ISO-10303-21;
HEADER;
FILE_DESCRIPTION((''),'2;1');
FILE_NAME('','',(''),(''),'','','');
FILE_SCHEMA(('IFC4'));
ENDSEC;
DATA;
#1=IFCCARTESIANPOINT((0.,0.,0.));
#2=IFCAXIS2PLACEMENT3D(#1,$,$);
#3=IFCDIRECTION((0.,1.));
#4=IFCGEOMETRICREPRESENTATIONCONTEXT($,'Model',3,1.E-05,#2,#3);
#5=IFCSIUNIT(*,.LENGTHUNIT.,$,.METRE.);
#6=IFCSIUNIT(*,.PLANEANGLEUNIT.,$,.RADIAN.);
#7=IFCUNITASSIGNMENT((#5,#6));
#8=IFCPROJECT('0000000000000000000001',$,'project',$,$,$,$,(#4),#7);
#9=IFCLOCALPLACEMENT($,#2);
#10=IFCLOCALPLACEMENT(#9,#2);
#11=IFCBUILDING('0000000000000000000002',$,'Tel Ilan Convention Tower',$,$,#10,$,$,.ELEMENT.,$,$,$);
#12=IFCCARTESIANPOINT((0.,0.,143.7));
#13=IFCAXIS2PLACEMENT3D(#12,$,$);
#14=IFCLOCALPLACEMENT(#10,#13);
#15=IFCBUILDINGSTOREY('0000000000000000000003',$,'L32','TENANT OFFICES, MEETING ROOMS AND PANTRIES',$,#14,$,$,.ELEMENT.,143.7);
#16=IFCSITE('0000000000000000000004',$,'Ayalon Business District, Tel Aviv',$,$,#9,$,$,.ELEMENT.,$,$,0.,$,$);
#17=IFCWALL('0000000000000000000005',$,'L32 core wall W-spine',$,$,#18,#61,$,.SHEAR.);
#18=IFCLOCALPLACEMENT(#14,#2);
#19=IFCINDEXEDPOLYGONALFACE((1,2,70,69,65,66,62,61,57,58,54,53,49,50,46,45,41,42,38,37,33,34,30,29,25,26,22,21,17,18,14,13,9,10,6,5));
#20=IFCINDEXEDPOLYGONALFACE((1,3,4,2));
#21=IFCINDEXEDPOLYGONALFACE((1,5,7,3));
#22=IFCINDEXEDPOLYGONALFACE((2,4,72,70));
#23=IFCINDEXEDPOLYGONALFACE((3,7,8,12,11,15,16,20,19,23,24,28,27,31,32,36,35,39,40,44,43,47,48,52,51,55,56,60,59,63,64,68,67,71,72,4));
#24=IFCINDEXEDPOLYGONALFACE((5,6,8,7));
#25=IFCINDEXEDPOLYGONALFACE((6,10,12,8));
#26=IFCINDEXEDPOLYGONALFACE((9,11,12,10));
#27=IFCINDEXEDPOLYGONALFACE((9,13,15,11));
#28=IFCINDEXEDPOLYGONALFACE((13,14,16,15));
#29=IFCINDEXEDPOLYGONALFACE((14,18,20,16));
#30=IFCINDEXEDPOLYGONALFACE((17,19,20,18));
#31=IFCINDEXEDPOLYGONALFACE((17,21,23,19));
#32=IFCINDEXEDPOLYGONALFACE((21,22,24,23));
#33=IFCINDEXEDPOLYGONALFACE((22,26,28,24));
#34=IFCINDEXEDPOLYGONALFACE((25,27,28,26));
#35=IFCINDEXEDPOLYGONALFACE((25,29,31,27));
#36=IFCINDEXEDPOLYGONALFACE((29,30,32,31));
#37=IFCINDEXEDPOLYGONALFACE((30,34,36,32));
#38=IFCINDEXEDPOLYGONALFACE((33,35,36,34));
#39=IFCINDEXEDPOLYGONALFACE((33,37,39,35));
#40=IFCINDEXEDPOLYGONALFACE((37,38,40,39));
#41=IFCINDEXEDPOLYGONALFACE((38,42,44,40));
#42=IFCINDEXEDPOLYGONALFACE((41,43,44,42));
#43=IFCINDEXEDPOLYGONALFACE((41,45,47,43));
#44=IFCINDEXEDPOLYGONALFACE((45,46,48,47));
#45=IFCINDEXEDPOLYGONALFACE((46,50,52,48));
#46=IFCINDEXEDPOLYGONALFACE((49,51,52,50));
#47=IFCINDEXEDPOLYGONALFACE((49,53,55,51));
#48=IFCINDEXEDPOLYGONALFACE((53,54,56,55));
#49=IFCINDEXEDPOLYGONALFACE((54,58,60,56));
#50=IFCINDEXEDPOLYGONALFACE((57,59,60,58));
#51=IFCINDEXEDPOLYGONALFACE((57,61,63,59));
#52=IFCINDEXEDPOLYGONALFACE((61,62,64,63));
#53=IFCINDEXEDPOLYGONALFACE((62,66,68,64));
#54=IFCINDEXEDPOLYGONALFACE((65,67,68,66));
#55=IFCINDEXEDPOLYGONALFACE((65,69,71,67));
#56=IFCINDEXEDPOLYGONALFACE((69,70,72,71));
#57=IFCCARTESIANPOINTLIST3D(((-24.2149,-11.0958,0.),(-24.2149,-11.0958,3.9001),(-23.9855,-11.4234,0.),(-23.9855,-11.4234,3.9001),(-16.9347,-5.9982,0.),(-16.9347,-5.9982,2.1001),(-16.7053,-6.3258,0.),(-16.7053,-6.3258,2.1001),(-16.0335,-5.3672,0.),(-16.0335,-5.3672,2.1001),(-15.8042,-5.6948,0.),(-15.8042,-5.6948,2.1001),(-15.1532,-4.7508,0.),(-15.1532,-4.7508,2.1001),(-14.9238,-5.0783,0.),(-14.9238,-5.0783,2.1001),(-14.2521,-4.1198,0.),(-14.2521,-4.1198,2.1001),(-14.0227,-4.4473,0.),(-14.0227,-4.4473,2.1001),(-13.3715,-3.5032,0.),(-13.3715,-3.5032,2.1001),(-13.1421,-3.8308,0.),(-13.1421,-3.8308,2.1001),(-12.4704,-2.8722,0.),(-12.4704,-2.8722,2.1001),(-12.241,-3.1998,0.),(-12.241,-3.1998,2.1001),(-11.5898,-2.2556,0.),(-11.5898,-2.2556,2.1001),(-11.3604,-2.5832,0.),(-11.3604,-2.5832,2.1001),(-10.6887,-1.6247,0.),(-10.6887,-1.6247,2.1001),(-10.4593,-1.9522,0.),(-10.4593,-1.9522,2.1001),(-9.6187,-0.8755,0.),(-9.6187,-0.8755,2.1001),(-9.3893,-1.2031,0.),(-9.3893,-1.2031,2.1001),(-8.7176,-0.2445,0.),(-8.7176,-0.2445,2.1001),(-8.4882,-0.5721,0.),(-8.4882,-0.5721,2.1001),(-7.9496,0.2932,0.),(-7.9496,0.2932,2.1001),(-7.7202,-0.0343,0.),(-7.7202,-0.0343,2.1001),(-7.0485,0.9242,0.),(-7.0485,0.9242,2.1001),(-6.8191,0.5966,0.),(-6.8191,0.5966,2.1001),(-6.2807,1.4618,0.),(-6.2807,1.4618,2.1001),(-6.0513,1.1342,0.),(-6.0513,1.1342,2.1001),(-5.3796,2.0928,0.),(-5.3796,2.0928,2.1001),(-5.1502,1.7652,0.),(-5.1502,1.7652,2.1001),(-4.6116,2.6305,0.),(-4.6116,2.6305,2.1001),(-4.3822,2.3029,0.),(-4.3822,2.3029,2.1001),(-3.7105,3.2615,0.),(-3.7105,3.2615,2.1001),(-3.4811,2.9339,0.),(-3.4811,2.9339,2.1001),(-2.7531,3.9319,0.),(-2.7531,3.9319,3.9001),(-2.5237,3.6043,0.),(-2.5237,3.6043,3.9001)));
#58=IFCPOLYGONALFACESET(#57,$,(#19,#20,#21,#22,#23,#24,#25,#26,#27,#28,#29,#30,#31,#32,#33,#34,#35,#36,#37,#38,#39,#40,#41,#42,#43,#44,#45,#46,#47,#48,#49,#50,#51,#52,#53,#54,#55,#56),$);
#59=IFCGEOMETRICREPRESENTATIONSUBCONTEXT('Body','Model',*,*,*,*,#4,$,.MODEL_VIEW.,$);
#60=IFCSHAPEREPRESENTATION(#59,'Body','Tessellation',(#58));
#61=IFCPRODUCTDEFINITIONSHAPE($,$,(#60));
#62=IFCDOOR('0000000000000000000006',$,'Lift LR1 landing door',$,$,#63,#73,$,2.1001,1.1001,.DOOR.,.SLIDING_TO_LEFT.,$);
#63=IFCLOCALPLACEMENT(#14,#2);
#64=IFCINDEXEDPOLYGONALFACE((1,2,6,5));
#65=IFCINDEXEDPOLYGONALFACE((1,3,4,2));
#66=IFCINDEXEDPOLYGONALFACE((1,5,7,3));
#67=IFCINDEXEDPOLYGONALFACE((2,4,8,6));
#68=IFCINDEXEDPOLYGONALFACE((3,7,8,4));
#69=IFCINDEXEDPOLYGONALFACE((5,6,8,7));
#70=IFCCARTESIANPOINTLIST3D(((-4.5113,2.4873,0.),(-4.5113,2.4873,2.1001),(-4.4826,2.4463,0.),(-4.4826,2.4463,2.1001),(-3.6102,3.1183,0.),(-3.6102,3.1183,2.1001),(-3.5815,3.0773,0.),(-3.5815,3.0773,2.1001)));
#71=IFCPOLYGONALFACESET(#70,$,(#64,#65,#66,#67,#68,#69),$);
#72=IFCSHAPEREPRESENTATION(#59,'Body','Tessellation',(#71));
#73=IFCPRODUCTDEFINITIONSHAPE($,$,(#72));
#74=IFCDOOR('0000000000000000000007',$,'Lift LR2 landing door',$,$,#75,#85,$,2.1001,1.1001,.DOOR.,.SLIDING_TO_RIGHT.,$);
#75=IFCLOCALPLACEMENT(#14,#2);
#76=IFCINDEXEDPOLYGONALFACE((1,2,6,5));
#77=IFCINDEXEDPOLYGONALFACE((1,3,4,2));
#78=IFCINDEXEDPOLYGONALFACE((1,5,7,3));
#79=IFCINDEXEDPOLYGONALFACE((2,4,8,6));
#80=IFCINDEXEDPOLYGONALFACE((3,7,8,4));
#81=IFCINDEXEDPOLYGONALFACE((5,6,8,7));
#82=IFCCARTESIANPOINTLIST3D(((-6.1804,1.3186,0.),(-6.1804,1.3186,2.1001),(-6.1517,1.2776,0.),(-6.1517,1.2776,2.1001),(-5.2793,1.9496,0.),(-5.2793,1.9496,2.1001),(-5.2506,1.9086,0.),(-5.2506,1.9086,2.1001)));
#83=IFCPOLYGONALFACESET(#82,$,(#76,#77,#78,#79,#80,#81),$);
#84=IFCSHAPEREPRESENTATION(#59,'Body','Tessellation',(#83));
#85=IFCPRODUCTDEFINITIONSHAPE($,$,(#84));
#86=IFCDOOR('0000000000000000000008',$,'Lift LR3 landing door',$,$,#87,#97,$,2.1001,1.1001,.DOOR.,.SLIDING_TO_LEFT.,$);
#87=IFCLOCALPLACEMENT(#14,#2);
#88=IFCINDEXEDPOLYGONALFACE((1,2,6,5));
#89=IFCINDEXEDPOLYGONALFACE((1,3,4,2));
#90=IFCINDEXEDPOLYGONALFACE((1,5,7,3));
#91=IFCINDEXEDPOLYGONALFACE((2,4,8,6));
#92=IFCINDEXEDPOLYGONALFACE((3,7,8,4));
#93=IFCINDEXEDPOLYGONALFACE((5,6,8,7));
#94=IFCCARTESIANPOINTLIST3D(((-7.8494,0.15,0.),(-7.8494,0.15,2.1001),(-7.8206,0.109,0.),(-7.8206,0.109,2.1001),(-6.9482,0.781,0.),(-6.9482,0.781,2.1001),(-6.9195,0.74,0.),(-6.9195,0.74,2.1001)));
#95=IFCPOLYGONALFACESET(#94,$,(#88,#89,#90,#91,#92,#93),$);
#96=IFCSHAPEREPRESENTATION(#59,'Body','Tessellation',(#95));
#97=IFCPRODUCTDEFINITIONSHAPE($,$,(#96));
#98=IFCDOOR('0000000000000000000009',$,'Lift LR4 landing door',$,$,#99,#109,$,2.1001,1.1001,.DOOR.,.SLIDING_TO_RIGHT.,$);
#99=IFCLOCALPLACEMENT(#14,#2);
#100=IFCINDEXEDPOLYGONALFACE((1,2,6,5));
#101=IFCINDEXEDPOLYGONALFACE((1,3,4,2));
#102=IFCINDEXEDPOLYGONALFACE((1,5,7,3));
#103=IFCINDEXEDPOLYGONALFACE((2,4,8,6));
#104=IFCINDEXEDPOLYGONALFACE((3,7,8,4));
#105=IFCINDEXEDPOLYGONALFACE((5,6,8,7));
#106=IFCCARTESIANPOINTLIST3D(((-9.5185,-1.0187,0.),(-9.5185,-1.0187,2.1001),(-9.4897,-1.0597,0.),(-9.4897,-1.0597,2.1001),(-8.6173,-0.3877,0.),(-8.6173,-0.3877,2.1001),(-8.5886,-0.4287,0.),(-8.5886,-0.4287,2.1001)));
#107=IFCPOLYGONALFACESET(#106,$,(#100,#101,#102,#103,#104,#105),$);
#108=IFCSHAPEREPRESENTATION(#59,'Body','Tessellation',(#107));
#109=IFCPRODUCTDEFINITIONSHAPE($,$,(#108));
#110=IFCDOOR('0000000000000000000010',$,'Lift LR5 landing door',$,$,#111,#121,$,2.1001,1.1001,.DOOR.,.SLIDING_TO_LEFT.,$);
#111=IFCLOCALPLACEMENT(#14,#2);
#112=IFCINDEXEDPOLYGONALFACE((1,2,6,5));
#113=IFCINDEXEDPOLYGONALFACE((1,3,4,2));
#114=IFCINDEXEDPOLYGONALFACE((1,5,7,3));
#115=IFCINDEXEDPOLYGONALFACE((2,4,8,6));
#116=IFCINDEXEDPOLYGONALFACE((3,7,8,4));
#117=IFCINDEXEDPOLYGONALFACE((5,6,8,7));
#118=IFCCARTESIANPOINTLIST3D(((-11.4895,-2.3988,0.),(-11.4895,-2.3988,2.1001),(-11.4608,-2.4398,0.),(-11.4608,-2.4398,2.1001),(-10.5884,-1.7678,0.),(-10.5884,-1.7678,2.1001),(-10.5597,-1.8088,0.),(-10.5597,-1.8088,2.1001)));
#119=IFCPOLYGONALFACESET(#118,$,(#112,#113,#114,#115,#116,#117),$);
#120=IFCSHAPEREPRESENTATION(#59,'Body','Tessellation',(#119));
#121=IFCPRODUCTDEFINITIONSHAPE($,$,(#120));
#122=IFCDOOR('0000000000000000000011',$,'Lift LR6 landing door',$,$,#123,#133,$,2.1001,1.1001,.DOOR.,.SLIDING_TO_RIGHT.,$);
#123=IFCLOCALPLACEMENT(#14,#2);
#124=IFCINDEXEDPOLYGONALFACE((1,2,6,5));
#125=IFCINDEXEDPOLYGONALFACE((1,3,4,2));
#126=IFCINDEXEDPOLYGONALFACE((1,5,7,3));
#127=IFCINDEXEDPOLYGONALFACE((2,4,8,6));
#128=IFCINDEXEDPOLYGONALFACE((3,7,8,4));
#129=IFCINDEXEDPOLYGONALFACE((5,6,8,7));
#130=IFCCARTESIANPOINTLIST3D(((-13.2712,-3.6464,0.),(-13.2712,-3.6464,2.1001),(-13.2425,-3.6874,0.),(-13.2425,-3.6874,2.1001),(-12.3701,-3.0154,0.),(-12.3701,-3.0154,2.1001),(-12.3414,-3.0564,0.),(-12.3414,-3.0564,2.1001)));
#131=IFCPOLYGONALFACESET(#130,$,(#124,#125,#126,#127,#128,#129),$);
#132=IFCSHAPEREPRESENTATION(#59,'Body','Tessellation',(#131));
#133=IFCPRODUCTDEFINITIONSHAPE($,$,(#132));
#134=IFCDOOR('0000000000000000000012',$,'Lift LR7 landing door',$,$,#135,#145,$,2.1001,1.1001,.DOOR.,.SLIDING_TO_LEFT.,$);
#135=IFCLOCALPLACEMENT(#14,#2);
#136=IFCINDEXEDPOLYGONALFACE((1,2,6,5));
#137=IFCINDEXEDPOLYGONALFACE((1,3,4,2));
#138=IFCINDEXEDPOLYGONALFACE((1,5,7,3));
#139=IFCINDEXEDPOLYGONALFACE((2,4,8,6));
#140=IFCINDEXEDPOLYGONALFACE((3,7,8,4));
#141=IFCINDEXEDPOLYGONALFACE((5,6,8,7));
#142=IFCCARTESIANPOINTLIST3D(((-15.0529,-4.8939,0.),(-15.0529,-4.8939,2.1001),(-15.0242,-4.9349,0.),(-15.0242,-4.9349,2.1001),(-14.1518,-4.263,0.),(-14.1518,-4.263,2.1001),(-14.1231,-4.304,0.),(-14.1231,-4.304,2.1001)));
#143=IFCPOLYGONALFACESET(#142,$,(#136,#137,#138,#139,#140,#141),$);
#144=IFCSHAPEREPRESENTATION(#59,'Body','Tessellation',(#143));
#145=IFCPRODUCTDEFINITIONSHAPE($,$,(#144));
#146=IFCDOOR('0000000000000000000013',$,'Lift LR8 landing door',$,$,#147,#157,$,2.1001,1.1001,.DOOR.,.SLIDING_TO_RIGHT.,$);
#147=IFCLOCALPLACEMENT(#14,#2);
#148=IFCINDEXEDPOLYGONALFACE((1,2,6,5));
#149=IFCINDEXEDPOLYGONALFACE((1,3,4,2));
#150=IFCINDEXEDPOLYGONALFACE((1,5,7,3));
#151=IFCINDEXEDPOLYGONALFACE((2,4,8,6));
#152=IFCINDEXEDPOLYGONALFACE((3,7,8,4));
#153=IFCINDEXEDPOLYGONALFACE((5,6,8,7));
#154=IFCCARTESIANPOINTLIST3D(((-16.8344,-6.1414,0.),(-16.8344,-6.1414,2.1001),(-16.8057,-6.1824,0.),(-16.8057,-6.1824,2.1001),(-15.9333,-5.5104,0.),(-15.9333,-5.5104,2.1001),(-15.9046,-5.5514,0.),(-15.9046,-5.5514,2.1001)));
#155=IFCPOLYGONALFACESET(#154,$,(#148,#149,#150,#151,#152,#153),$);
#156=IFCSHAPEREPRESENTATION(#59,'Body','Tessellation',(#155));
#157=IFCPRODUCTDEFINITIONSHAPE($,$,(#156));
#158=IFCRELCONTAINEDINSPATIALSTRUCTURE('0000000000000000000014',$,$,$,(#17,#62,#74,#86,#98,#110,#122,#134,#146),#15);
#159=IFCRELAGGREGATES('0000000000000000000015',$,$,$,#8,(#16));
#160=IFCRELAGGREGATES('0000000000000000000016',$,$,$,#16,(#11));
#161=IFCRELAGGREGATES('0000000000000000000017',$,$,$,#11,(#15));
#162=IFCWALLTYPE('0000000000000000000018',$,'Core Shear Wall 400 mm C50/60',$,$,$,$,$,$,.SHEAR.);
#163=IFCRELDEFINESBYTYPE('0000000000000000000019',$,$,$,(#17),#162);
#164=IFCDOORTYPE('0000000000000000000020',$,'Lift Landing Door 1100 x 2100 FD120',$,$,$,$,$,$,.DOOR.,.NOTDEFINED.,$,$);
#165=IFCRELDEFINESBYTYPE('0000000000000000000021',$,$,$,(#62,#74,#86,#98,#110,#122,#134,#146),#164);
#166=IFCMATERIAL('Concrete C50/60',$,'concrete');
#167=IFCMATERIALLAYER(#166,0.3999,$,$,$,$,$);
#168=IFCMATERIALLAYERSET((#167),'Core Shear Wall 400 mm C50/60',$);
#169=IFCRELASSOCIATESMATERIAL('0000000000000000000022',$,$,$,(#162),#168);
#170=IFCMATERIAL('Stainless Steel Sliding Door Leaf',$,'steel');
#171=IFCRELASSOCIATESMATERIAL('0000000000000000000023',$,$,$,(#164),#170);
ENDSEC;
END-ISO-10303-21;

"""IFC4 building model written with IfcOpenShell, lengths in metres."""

from ifc_helpers import new_model, si_unit, direction, frame, frame_2d, origin, place, context, subcontext, project, spatial, polyline, rectangle, outline, extrude, material, layer, layer_set, type_object, element, fill, save


model = new_model("IFC4")

# Units and contexts
model_context = context("Model", 3, precision=1e-05, world=origin(), true_north=direction((0.0, 1.0)))
body_context = subcontext(model_context, "Body", "Model", "MODEL_VIEW")
ifc_project = project(units=[si_unit("LENGTHUNIT", "METRE"), si_unit("PLANEANGLEUNIT", "RADIAN")], contexts=[model_context])

# Site, building, storey
site_placement = place(None, origin())
site = spatial("IfcSite", under=ifc_project, at=site_placement, Name="Ayalon Business District, Tel Aviv", CompositionType="ELEMENT", RefElevation=0.0)
building_placement = place(site_placement, origin())
building = spatial("IfcBuilding", under=site, at=building_placement, Name="Tel Ilan Convention Tower", CompositionType="ELEMENT")
storey_placement = place(building_placement, frame((0.0, 0.0, 143.7)))
storey = spatial("IfcBuildingStorey", under=building, at=storey_placement, Name="L32", Description="TENANT OFFICES, MEETING ROOMS AND PANTRIES", CompositionType="ELEMENT", Elevation=143.7)

# Wall, openings, doors
ifc_material_1 = material(Name="Concrete C50/60", Category="concrete")
ifc_layer_1 = layer(ifc_material_1, 0.3999)
ifc_layer_set_1 = layer_set([ifc_layer_1], Name="Core Shear Wall 400 mm C50/60")
wall_type_1 = type_object("IfcWallType", Name="Core Shear Wall 400 mm C50/60", PredefinedType="SHEAR", material=ifc_layer_set_1)
wall_1_placement = place(storey_placement, frame((-2.6384, 3.7681, 0.0), z_axis=(0.0, 0.0, 1.0), x_axis=(-0.819153, -0.573576, 0.0)))
wall_1 = element("IfcWall", 1, at=wall_1_placement, inside=storey, type_object=wall_type_1, Name="L32 core wall W-spine", PredefinedType="SHEAR", context=body_context, shape_type="SweptSolid", body=[
    extrude(outline(polyline([(26.2, 0.2), (0.0, 0.2), (0.0, -0.2), (26.2, -0.2), (26.2, 0.2)])), origin(), (0.0, 0.0, 1.0), 3.9001),
])
opening_1_placement = place(wall_1_placement, frame((1.1687, 0.0, 0.0)))
opening_1 = element("IfcOpeningElement", 2, at=opening_1_placement, cuts=wall_1, PredefinedType="OPENING", context=body_context, shape_type="SweptSolid", body=[
    extrude(rectangle(XDim=1.1001, YDim=2.1001, at=frame_2d((0.55, 1.05))), frame((0.0, 0.21, 0.0), z_axis=(0.0, -1.0, 0.0), x_axis=(1.0, 0.0, 0.0)), (0.0, 0.0, 1.0), 0.4199),
])
opening_2_placement = place(wall_1_placement, frame((3.2063, 0.0, 0.0)))
opening_2 = element("IfcOpeningElement", 3, at=opening_2_placement, cuts=wall_1, PredefinedType="OPENING", context=body_context, shape_type="SweptSolid", body=[
    extrude(rectangle(XDim=1.1001, YDim=2.1001, at=frame_2d((0.55, 1.05))), frame((0.0, 0.21, 0.0), z_axis=(0.0, -1.0, 0.0), x_axis=(1.0, 0.0, 0.0)), (0.0, 0.0, 1.0), 0.4199),
])
opening_3_placement = place(wall_1_placement, frame((5.2437, 0.0, 0.0)))
opening_3 = element("IfcOpeningElement", 4, at=opening_3_placement, cuts=wall_1, PredefinedType="OPENING", context=body_context, shape_type="SweptSolid", body=[
    extrude(rectangle(XDim=1.1001, YDim=2.1001, at=frame_2d((0.55, 1.05))), frame((0.0, 0.21, 0.0), z_axis=(0.0, -1.0, 0.0), x_axis=(1.0, 0.0, 0.0)), (0.0, 0.0, 1.0), 0.4199),
])
opening_4_placement = place(wall_1_placement, frame((7.2812, 0.0, 0.0)))
opening_4 = element("IfcOpeningElement", 5, at=opening_4_placement, cuts=wall_1, PredefinedType="OPENING", context=body_context, shape_type="SweptSolid", body=[
    extrude(rectangle(XDim=1.1001, YDim=2.1001, at=frame_2d((0.55, 1.05))), frame((0.0, 0.21, 0.0), z_axis=(0.0, -1.0, 0.0), x_axis=(1.0, 0.0, 0.0)), (0.0, 0.0, 1.0), 0.4199),
])
opening_5_placement = place(wall_1_placement, frame((9.6875, 0.0, 0.0)))
opening_5 = element("IfcOpeningElement", 6, at=opening_5_placement, cuts=wall_1, PredefinedType="OPENING", context=body_context, shape_type="SweptSolid", body=[
    extrude(rectangle(XDim=1.1001, YDim=2.1001, at=frame_2d((0.55, 1.05))), frame((0.0, 0.21, 0.0), z_axis=(0.0, -1.0, 0.0), x_axis=(1.0, 0.0, 0.0)), (0.0, 0.0, 1.0), 0.4199),
])
opening_6_placement = place(wall_1_placement, frame((11.8625, 0.0, 0.0)))
opening_6 = element("IfcOpeningElement", 7, at=opening_6_placement, cuts=wall_1, PredefinedType="OPENING", context=body_context, shape_type="SweptSolid", body=[
    extrude(rectangle(XDim=1.1001, YDim=2.1001, at=frame_2d((0.55, 1.05))), frame((0.0, 0.21, 0.0), z_axis=(0.0, -1.0, 0.0), x_axis=(1.0, 0.0, 0.0)), (0.0, 0.0, 1.0), 0.4199),
])
opening_7_placement = place(wall_1_placement, frame((14.0376, 0.0, 0.0)))
opening_7 = element("IfcOpeningElement", 8, at=opening_7_placement, cuts=wall_1, PredefinedType="OPENING", context=body_context, shape_type="SweptSolid", body=[
    extrude(rectangle(XDim=1.1001, YDim=2.1001, at=frame_2d((0.55, 1.05))), frame((0.0, 0.21, 0.0), z_axis=(0.0, -1.0, 0.0), x_axis=(1.0, 0.0, 0.0)), (0.0, 0.0, 1.0), 0.4199),
])
opening_8_placement = place(wall_1_placement, frame((16.2124, 0.0, 0.0)))
opening_8 = element("IfcOpeningElement", 9, at=opening_8_placement, cuts=wall_1, PredefinedType="OPENING", context=body_context, shape_type="SweptSolid", body=[
    extrude(rectangle(XDim=1.1001, YDim=2.1001, at=frame_2d((0.55, 1.05))), frame((0.0, 0.21, 0.0), z_axis=(0.0, -1.0, 0.0), x_axis=(1.0, 0.0, 0.0)), (0.0, 0.0, 1.0), 0.4199),
])
ifc_material_2 = material(Name="Stainless Steel Sliding Door Leaf", Category="steel")
door_type = type_object("IfcDoorType", Name="Lift Landing Door 1100 x 2100 FD120", OperationType="NOTDEFINED", PredefinedType="DOOR", material=ifc_material_2)
door_1_placement = place(opening_1_placement, origin())
door_1 = element("IfcDoor", 10, at=door_1_placement, inside=storey, type_object=door_type, Name="Lift LR1 landing door", OperationType="SLIDING_TO_LEFT", OverallHeight=2.1001, OverallWidth=1.1001, PredefinedType="DOOR", context=body_context, shape_type="SweptSolid", body=[
    extrude(rectangle(XDim=1.1001, YDim=2.1001, at=frame_2d((0.55, 1.05))), frame((0.0, 0.0249, 0.0), z_axis=(0.0, -1.0, 0.0), x_axis=(1.0, 0.0, 0.0)), (0.0, 0.0, 1.0), 0.05),
])
fill(opening_1, door_1)
door_2_placement = place(opening_2_placement, origin())
door_2 = element("IfcDoor", 11, at=door_2_placement, inside=storey, type_object=door_type, Name="Lift LR2 landing door", OperationType="SLIDING_TO_RIGHT", OverallHeight=2.1001, OverallWidth=1.1001, PredefinedType="DOOR", context=body_context, shape_type="SweptSolid", body=[
    extrude(rectangle(XDim=1.1001, YDim=2.1001, at=frame_2d((0.55, 1.05))), frame((0.0, 0.0249, 0.0), z_axis=(0.0, -1.0, 0.0), x_axis=(1.0, 0.0, 0.0)), (0.0, 0.0, 1.0), 0.05),
])
fill(opening_2, door_2)
door_3_placement = place(opening_3_placement, origin())
door_3 = element("IfcDoor", 12, at=door_3_placement, inside=storey, type_object=door_type, Name="Lift LR3 landing door", OperationType="SLIDING_TO_LEFT", OverallHeight=2.1001, OverallWidth=1.1001, PredefinedType="DOOR", context=body_context, shape_type="SweptSolid", body=[
    extrude(rectangle(XDim=1.1001, YDim=2.1001, at=frame_2d((0.55, 1.05))), frame((0.0, 0.0249, 0.0), z_axis=(0.0, -1.0, 0.0), x_axis=(1.0, 0.0, 0.0)), (0.0, 0.0, 1.0), 0.05),
])
fill(opening_3, door_3)
door_4_placement = place(opening_4_placement, origin())
door_4 = element("IfcDoor", 13, at=door_4_placement, inside=storey, type_object=door_type, Name="Lift LR4 landing door", OperationType="SLIDING_TO_RIGHT", OverallHeight=2.1001, OverallWidth=1.1001, PredefinedType="DOOR", context=body_context, shape_type="SweptSolid", body=[
    extrude(rectangle(XDim=1.1001, YDim=2.1001, at=frame_2d((0.55, 1.05))), frame((0.0, 0.0249, 0.0), z_axis=(0.0, -1.0, 0.0), x_axis=(1.0, 0.0, 0.0)), (0.0, 0.0, 1.0), 0.05),
])
fill(opening_4, door_4)
door_5_placement = place(opening_5_placement, origin())
door_5 = element("IfcDoor", 14, at=door_5_placement, inside=storey, type_object=door_type, Name="Lift LR5 landing door", OperationType="SLIDING_TO_LEFT", OverallHeight=2.1001, OverallWidth=1.1001, PredefinedType="DOOR", context=body_context, shape_type="SweptSolid", body=[
    extrude(rectangle(XDim=1.1001, YDim=2.1001, at=frame_2d((0.55, 1.05))), frame((0.0, 0.0249, 0.0), z_axis=(0.0, -1.0, 0.0), x_axis=(1.0, 0.0, 0.0)), (0.0, 0.0, 1.0), 0.05),
])
fill(opening_5, door_5)
door_6_placement = place(opening_6_placement, origin())
door_6 = element("IfcDoor", 15, at=door_6_placement, inside=storey, type_object=door_type, Name="Lift LR6 landing door", OperationType="SLIDING_TO_RIGHT", OverallHeight=2.1001, OverallWidth=1.1001, PredefinedType="DOOR", context=body_context, shape_type="SweptSolid", body=[
    extrude(rectangle(XDim=1.1001, YDim=2.1001, at=frame_2d((0.55, 1.05))), frame((0.0, 0.0249, 0.0), z_axis=(0.0, -1.0, 0.0), x_axis=(1.0, 0.0, 0.0)), (0.0, 0.0, 1.0), 0.05),
])
fill(opening_6, door_6)
door_7_placement = place(opening_7_placement, origin())
door_7 = element("IfcDoor", 16, at=door_7_placement, inside=storey, type_object=door_type, Name="Lift LR7 landing door", OperationType="SLIDING_TO_LEFT", OverallHeight=2.1001, OverallWidth=1.1001, PredefinedType="DOOR", context=body_context, shape_type="SweptSolid", body=[
    extrude(rectangle(XDim=1.1001, YDim=2.1001, at=frame_2d((0.55, 1.05))), frame((0.0, 0.0249, 0.0), z_axis=(0.0, -1.0, 0.0), x_axis=(1.0, 0.0, 0.0)), (0.0, 0.0, 1.0), 0.05),
])
fill(opening_7, door_7)
door_8_placement = place(opening_8_placement, origin())
door_8 = element("IfcDoor", 17, at=door_8_placement, inside=storey, type_object=door_type, Name="Lift LR8 landing door", OperationType="SLIDING_TO_RIGHT", OverallHeight=2.1001, OverallWidth=1.1001, PredefinedType="DOOR", context=body_context, shape_type="SweptSolid", body=[
    extrude(rectangle(XDim=1.1001, YDim=2.1001, at=frame_2d((0.55, 1.05))), frame((0.0, 0.0249, 0.0), z_axis=(0.0, -1.0, 0.0), x_axis=(1.0, 0.0, 0.0)), (0.0, 0.0, 1.0), 0.05),
])
fill(opening_8, door_8)

save(model, "model.ifc")
